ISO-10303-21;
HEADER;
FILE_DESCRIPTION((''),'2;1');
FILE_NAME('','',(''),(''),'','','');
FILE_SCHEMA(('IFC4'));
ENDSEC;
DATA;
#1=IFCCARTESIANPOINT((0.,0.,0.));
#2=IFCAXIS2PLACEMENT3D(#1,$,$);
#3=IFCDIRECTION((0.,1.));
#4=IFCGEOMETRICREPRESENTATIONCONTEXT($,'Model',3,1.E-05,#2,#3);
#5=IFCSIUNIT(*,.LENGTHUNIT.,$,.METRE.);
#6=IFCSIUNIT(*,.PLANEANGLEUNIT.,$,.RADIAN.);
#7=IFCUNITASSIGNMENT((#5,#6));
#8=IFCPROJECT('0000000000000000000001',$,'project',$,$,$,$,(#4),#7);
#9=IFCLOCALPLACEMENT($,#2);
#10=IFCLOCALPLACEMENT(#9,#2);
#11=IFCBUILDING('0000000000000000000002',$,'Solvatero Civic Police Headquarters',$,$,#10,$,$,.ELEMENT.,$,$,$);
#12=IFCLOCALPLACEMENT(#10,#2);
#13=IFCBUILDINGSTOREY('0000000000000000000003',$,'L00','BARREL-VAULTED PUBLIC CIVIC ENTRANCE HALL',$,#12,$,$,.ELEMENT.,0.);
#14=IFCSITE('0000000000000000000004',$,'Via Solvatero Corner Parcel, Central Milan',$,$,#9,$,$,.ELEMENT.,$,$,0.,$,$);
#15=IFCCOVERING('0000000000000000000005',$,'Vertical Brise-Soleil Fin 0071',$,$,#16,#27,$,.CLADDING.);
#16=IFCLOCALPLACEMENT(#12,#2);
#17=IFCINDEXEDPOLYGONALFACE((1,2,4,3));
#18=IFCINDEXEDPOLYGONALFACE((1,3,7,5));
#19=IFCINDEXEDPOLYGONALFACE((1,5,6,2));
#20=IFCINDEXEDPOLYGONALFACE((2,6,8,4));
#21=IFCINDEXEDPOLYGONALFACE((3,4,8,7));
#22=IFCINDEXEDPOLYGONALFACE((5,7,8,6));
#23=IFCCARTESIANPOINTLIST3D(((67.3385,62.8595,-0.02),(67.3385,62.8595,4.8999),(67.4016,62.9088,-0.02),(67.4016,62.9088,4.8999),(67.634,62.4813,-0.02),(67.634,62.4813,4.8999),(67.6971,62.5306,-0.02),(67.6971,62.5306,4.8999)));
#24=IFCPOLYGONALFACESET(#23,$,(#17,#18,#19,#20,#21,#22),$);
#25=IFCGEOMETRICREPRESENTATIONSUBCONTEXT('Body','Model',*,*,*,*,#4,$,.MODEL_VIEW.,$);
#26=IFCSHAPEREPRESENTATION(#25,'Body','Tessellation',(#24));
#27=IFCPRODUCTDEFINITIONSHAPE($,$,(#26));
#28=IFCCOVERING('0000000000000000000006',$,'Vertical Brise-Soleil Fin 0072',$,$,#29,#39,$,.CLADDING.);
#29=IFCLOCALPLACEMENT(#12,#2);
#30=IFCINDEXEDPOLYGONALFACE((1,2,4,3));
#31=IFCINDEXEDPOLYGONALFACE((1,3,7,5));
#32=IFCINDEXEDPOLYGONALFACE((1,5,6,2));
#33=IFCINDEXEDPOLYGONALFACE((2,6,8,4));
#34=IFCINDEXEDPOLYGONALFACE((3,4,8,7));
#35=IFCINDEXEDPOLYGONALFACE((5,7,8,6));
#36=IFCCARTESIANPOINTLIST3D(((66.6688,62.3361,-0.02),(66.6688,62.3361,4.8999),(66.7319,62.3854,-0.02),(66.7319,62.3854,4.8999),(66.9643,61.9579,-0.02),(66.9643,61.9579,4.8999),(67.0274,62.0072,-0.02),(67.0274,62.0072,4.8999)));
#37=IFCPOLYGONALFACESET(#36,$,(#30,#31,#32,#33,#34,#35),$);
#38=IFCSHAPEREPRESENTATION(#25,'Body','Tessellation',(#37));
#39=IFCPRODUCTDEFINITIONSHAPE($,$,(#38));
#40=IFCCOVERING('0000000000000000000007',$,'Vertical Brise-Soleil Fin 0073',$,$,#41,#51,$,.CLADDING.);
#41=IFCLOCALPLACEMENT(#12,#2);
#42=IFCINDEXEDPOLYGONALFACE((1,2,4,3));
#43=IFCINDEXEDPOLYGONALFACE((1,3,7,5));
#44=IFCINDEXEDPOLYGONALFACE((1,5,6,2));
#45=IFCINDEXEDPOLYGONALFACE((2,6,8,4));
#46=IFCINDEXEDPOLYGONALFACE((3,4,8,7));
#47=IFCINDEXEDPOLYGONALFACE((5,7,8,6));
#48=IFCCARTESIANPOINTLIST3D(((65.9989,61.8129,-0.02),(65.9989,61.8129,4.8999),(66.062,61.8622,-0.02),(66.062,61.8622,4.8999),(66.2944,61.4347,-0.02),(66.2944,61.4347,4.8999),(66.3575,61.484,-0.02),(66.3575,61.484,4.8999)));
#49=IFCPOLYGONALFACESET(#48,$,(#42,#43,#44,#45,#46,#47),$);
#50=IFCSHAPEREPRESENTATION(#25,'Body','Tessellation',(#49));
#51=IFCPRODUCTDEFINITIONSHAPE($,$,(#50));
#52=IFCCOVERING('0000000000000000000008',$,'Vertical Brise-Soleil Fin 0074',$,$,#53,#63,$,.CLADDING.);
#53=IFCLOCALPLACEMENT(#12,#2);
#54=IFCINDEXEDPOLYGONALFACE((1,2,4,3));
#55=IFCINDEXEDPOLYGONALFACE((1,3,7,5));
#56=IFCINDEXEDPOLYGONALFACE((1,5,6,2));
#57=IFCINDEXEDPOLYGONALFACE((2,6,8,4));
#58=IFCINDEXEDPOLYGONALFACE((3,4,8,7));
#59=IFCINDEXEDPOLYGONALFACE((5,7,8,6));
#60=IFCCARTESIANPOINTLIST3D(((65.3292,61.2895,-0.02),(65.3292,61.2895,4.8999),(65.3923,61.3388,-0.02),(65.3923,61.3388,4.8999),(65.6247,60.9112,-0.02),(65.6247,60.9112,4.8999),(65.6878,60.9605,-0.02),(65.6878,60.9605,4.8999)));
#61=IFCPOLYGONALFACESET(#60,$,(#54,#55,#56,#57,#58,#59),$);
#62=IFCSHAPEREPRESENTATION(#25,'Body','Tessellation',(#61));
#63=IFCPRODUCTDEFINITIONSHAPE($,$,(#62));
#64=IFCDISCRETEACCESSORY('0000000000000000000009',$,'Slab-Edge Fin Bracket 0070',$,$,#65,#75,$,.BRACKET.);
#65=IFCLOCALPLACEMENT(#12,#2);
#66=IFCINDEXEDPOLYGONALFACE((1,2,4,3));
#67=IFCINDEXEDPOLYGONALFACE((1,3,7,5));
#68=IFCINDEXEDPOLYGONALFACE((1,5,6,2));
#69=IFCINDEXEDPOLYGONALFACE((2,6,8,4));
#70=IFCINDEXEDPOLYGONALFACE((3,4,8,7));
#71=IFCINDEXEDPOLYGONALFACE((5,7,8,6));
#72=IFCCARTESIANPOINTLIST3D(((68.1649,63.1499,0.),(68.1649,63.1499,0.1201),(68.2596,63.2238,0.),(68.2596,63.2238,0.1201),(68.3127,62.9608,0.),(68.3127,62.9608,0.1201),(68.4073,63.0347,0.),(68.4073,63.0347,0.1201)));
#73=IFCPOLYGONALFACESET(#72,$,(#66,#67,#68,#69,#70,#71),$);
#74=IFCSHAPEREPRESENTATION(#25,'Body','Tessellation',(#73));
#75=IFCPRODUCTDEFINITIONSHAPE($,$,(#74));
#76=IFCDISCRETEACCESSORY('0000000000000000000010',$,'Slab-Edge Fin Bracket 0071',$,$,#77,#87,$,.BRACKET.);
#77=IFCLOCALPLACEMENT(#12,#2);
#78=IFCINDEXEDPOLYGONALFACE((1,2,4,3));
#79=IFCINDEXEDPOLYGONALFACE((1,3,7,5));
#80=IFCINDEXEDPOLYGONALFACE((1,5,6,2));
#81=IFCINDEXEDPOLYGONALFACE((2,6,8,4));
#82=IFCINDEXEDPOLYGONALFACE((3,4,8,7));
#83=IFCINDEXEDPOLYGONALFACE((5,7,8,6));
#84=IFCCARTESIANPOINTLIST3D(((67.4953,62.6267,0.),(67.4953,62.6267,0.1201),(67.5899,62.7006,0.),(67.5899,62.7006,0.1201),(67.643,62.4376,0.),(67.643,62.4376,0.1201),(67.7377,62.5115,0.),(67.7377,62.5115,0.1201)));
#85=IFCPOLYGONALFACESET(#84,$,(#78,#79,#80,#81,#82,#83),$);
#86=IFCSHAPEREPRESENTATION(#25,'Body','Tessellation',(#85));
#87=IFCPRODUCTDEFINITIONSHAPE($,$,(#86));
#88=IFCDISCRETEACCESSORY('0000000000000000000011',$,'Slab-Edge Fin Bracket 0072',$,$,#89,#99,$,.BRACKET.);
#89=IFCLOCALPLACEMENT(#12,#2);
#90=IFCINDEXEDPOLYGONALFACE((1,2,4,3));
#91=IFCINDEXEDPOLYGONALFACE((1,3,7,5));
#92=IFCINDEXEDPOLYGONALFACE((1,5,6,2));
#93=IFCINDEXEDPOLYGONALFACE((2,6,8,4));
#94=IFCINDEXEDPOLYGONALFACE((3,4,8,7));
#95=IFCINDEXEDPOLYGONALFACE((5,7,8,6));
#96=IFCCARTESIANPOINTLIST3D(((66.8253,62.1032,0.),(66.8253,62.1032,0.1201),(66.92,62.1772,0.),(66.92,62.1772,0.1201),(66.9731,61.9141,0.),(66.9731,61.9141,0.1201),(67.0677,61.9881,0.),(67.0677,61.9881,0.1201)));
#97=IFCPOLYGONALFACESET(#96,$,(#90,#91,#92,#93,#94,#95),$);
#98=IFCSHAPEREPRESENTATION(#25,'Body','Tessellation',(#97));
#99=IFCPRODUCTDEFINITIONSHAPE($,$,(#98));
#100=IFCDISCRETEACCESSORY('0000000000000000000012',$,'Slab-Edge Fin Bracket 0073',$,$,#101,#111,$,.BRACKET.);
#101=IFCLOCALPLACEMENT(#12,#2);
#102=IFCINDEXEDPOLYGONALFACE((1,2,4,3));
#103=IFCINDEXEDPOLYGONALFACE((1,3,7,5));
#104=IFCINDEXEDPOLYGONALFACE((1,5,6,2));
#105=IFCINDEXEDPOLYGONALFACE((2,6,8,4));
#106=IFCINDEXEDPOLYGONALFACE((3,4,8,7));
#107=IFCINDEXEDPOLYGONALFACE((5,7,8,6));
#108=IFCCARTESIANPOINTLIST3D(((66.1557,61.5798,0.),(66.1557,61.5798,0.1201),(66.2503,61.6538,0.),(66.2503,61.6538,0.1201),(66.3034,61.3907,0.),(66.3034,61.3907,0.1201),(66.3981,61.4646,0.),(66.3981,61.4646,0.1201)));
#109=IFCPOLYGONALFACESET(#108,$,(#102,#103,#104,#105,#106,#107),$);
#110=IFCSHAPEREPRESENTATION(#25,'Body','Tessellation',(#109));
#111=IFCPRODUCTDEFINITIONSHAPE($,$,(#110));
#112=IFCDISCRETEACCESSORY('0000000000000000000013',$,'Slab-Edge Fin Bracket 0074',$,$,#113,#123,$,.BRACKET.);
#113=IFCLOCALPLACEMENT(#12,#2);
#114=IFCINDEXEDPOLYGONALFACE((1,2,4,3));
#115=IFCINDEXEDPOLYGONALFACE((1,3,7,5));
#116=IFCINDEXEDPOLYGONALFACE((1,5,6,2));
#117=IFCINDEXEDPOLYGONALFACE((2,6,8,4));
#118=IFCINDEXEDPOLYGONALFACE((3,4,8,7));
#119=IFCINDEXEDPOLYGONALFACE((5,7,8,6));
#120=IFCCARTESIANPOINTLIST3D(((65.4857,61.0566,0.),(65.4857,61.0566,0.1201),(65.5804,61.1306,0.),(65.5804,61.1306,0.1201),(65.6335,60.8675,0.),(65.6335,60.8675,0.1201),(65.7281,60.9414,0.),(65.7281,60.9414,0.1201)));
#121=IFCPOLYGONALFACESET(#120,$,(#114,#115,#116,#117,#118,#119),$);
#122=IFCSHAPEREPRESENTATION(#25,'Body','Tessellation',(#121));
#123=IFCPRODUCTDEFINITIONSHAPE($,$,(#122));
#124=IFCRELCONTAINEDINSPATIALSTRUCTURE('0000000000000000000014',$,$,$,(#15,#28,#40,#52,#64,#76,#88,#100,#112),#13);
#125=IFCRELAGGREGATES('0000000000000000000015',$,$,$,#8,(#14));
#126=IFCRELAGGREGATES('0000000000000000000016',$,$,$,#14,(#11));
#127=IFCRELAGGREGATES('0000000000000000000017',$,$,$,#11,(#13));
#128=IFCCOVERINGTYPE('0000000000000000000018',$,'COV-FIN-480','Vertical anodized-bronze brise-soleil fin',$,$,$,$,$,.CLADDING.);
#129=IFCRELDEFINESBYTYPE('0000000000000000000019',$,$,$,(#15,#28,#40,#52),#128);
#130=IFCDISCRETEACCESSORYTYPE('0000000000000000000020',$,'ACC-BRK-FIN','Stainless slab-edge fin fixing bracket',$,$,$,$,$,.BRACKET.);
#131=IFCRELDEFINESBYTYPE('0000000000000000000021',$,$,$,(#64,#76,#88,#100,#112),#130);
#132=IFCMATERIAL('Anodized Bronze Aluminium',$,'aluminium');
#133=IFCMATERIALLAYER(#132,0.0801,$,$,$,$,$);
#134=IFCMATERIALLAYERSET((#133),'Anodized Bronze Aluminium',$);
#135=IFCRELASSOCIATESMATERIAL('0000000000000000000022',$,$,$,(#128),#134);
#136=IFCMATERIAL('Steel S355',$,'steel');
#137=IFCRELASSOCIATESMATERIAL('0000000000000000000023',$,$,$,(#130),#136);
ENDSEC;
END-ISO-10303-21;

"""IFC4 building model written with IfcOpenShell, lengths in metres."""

from ifc_helpers import new_model, si_unit, direction, frame, origin, origin_2d, place, context, subcontext, project, spatial, rectangle, extrude, material, layer, layer_set, type_object, element, save


model = new_model("IFC4")

# Units and contexts
model_context = context("Model", 3, precision=1e-05, world=origin(), true_north=direction((0.0, 1.0)))
body_context = subcontext(model_context, "Body", "Model", "MODEL_VIEW")
ifc_project = project(units=[si_unit("LENGTHUNIT", "METRE"), si_unit("PLANEANGLEUNIT", "RADIAN")], contexts=[model_context])

# Site, building, storey
site_placement = place(None, origin())
site = spatial("IfcSite", under=ifc_project, at=site_placement, Name="Via Solvatero Corner Parcel, Central Milan", CompositionType="ELEMENT", RefElevation=0.0)
building_placement = place(site_placement, origin())
building = spatial("IfcBuilding", under=site, at=building_placement, Name="Solvatero Civic Police Headquarters", CompositionType="ELEMENT")
storey_placement = place(building_placement, origin())
storey = spatial("IfcBuildingStorey", under=building, at=storey_placement, Name="L00", Description="BARREL-VAULTED PUBLIC CIVIC ENTRANCE HALL", CompositionType="ELEMENT", Elevation=0.0)

# Shared definitions
ifc_material_1 = material(Name="Steel S355", Category="steel")

# Shared definitions
ifc_material_2 = material(Name="Anodized Bronze Aluminium", Category="aluminium")

# Coverings
ifc_layer_1 = layer(ifc_material_2, 0.0801)
ifc_layer_set_1 = layer_set([ifc_layer_1], Name="Anodized Bronze Aluminium")
covering_type = type_object("IfcCoveringType", Name="COV-FIN-480", Description="Vertical anodized-bronze brise-soleil fin", PredefinedType="CLADDING", material=ifc_layer_set_1)
for number, where, z_axis, x_axis, name in (
    (1, (67.5178, 62.6951, -0.02), (0.0, 0.0, 1.0), (-0.788011, -0.615661, 0.0), "Vertical Brise-Soleil Fin 0071"),
    (2, (66.8481, 62.1716, -0.02), (0.0, 0.0, 1.0), (-0.788011, -0.615661, 0.0), "Vertical Brise-Soleil Fin 0072"),
    (3, (66.1782, 61.6484, -0.02), (0.0, 0.0, 1.0), (-0.788011, -0.615661, 0.0), "Vertical Brise-Soleil Fin 0073"),
    (4, (65.5085, 61.125, -0.02), (0.0, 0.0, 1.0), (-0.788011, -0.615661, 0.0), "Vertical Brise-Soleil Fin 0074"),
):
    element("IfcCovering", number, at=place(storey_placement, frame(where, z_axis=z_axis, x_axis=x_axis)), inside=storey, type_object=covering_type, Name=name, PredefinedType="CLADDING", context=body_context, shape_type="SweptSolid", body=[
        extrude(rectangle(XDim=0.0801, YDim=0.48, at=origin_2d()), origin(), (0.0, 0.0, 1.0), 4.9199),
    ])

# Discrete accessories
discrete_accessory_type = type_object("IfcDiscreteAccessoryType", Name="ACC-BRK-FIN", Description="Stainless slab-edge fin fixing bracket", PredefinedType="BRACKET", material=ifc_material_1)
for number, where, z_axis, x_axis, name in (
    (5, (68.2861, 63.0923, 0.0), (0.0, 0.0, 1.0), (-0.788011, -0.615661, 0.0), "Slab-Edge Fin Bracket 0070"),
    (6, (67.6165, 62.5691, 0.0), (0.0, 0.0, 1.0), (-0.788011, -0.615661, 0.0), "Slab-Edge Fin Bracket 0071"),
    (7, (66.9465, 62.0457, 0.0), (0.0, 0.0, 1.0), (-0.788011, -0.615661, 0.0), "Slab-Edge Fin Bracket 0072"),
    (8, (66.2769, 61.5222, 0.0), (0.0, 0.0, 1.0), (-0.788011, -0.615661, 0.0), "Slab-Edge Fin Bracket 0073"),
    (9, (65.6069, 60.999, 0.0), (0.0, 0.0, 1.0), (-0.788011, -0.615661, 0.0), "Slab-Edge Fin Bracket 0074"),
):
    element("IfcDiscreteAccessory", number, at=place(storey_placement, frame(where, z_axis=z_axis, x_axis=x_axis)), inside=storey, type_object=discrete_accessory_type, Name=name, PredefinedType="BRACKET", context=body_context, shape_type="SweptSolid", body=[
        extrude(rectangle(XDim=0.1201, YDim=0.24, at=origin_2d()), origin(), (0.0, 0.0, 1.0), 0.1201),
    ])

save(model, "model.ifc")
